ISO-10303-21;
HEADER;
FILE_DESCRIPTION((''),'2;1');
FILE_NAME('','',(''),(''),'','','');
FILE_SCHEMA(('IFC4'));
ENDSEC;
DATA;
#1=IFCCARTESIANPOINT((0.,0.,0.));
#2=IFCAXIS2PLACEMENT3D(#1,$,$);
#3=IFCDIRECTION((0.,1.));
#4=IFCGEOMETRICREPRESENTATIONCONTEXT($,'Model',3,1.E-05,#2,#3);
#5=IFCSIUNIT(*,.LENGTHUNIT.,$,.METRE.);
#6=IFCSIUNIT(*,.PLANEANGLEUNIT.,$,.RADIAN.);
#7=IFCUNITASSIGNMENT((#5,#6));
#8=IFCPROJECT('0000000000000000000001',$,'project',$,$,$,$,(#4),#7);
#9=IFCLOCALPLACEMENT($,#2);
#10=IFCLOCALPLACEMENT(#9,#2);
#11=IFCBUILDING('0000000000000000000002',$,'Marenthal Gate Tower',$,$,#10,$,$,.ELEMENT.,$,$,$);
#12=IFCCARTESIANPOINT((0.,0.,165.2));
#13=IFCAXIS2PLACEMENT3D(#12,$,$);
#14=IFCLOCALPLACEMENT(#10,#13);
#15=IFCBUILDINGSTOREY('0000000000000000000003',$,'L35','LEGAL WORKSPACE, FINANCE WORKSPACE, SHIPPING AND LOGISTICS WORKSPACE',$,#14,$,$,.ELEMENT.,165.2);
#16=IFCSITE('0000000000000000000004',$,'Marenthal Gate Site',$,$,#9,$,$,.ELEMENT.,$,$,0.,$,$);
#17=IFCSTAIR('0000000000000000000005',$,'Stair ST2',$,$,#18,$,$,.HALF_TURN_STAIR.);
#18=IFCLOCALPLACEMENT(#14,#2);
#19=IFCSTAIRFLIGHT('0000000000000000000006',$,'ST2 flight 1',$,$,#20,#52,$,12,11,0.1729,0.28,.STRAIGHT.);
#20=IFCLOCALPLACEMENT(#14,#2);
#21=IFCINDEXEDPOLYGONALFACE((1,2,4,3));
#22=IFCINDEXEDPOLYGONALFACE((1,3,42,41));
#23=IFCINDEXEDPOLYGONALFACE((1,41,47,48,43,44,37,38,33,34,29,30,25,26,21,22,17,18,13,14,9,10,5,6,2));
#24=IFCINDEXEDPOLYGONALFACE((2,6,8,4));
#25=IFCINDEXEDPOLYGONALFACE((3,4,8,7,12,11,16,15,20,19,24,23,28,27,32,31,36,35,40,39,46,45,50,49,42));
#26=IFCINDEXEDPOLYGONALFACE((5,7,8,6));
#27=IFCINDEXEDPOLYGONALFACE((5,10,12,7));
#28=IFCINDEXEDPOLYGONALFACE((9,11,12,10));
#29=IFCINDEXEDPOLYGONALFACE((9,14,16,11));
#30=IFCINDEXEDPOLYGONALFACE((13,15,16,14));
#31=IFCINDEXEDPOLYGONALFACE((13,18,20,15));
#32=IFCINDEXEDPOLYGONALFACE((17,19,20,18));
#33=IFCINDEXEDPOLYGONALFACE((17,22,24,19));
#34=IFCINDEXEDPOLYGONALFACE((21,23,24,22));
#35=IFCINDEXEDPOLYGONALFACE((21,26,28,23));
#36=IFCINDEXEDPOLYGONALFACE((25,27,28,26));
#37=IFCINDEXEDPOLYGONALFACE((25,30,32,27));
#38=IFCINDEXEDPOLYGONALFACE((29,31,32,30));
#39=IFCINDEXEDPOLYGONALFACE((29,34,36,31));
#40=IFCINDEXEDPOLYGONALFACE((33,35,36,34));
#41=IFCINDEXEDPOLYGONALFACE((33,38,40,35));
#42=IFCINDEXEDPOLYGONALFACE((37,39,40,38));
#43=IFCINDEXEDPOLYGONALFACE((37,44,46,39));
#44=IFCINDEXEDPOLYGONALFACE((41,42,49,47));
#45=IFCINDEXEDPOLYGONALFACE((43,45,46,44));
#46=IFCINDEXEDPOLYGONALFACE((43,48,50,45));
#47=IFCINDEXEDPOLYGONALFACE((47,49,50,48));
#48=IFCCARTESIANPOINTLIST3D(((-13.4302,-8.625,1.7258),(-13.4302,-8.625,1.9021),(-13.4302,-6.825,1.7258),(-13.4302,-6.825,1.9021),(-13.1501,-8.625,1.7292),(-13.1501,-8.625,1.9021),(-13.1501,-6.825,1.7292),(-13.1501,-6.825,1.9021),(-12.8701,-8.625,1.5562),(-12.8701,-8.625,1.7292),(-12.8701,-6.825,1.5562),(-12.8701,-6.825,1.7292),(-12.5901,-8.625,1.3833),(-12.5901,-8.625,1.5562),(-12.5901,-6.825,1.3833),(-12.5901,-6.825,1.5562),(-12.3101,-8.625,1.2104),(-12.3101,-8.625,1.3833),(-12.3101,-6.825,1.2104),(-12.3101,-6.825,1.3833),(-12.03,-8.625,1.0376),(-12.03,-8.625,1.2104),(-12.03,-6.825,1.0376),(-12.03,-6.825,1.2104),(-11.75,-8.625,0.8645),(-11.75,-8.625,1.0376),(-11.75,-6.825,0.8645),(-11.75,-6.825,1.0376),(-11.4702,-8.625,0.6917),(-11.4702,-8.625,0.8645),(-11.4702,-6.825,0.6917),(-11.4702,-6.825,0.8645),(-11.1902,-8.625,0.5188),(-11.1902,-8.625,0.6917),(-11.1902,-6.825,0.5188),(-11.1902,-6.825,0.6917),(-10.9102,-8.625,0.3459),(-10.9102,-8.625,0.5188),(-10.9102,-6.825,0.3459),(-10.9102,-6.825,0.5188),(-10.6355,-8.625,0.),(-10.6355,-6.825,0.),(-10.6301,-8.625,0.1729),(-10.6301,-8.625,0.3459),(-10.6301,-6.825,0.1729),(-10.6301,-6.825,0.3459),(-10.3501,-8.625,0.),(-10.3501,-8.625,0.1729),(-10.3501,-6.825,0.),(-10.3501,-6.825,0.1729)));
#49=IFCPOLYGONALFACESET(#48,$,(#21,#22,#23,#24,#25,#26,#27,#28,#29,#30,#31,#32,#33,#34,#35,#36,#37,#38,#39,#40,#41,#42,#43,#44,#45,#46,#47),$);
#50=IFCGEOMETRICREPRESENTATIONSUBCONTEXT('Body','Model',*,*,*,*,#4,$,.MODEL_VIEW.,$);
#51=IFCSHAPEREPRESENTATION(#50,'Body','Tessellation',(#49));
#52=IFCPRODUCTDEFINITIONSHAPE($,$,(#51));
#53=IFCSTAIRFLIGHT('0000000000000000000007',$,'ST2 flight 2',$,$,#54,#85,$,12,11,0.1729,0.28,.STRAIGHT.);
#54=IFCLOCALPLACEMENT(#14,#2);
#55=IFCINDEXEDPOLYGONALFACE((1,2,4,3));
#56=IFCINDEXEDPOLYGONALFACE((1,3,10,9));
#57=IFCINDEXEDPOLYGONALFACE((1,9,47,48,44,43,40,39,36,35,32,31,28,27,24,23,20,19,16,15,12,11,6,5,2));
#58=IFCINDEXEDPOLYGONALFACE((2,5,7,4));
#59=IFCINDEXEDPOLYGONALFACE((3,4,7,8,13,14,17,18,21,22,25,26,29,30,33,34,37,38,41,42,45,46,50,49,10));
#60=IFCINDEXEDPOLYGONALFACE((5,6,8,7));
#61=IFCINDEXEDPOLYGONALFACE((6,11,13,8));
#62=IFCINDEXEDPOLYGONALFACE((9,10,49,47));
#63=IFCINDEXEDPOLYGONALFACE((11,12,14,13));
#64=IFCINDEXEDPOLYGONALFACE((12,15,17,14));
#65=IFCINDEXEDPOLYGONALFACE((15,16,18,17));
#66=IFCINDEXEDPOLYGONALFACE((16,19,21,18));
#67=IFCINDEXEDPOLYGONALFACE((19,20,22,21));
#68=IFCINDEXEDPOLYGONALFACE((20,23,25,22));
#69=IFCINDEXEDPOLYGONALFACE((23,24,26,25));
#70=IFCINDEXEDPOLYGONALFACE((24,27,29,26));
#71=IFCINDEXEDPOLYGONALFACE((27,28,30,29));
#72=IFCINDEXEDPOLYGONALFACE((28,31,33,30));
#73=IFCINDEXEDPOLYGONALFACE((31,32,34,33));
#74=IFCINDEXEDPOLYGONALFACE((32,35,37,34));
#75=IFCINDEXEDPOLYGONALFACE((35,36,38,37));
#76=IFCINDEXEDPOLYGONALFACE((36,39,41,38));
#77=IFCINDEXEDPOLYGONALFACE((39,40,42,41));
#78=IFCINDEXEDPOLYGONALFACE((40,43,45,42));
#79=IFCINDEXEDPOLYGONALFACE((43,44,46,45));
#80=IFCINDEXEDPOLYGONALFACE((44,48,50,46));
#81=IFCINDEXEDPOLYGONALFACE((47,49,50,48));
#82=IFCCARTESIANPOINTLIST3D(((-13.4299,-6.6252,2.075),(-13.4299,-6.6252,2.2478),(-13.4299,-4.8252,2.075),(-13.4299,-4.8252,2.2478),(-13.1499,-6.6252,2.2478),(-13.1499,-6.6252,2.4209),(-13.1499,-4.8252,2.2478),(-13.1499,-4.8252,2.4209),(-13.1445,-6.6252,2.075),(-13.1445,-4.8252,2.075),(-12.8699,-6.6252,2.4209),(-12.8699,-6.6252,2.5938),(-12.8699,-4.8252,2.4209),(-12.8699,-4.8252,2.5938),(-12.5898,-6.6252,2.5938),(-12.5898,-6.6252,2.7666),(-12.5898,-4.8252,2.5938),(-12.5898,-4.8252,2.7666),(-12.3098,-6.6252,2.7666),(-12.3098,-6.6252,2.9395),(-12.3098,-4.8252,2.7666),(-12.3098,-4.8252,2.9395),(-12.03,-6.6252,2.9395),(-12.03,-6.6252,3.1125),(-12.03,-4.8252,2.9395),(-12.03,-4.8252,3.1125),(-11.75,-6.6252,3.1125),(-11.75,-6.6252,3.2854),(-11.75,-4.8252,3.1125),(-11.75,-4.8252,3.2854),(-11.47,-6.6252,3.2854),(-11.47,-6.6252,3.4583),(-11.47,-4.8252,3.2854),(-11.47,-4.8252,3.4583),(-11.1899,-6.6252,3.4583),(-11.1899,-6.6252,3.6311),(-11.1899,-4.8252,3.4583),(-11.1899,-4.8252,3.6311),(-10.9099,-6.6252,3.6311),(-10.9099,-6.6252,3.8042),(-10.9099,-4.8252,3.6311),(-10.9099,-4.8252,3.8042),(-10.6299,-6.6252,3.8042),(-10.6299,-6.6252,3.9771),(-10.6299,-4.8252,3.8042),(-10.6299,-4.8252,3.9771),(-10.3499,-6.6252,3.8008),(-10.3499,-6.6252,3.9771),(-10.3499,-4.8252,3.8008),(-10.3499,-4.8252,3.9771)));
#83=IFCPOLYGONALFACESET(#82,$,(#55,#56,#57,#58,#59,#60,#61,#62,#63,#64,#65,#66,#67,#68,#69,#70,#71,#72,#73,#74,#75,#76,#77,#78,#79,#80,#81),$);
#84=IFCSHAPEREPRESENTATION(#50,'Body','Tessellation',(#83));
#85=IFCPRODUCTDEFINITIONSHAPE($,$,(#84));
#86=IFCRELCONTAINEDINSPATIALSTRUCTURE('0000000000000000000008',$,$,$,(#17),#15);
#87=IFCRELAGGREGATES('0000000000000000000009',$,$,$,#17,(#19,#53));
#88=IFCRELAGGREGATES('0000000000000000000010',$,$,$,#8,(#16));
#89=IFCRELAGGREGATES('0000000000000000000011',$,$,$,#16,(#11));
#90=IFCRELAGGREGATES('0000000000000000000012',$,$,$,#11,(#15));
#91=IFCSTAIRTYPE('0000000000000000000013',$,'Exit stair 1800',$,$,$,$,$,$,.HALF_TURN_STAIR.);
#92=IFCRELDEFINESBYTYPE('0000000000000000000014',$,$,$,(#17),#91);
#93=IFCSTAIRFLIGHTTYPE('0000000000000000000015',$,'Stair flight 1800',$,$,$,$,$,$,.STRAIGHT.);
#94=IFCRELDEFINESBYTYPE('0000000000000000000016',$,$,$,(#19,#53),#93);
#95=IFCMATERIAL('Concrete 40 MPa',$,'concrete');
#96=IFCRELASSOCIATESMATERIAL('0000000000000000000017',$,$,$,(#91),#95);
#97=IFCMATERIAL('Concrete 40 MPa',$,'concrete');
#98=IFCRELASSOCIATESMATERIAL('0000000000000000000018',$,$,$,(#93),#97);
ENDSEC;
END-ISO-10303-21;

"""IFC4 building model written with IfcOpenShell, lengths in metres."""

from ifc_helpers import new_model, si_unit, direction, frame, origin, place, context, subcontext, project, spatial, polyline, outline, extrude, material, type_object, element, aggregate, save


model = new_model("IFC4")

# Units and contexts
model_context = context("Model", 3, precision=1e-05, world=origin(), true_north=direction((0.0, 1.0)))
body_context = subcontext(model_context, "Body", "Model", "MODEL_VIEW")
ifc_project = project(units=[si_unit("LENGTHUNIT", "METRE"), si_unit("PLANEANGLEUNIT", "RADIAN")], contexts=[model_context])

# Site, building, storey
site_placement = place(None, origin())
site = spatial("IfcSite", under=ifc_project, at=site_placement, Name="Marenthal Gate Site", CompositionType="ELEMENT", RefElevation=0.0)
building_placement = place(site_placement, origin())
building = spatial("IfcBuilding", under=site, at=building_placement, Name="Marenthal Gate Tower", CompositionType="ELEMENT")
storey_placement = place(building_placement, frame((0.0, 0.0, 165.2)))
storey = spatial("IfcBuildingStorey", under=building, at=storey_placement, Name="L35", Description="LEGAL WORKSPACE, FINANCE WORKSPACE, SHIPPING AND LOGISTICS WORKSPACE", CompositionType="ELEMENT", Elevation=165.2)

# Stair, stair flights
ifc_material_1 = material(Name="Concrete 40 MPa", Category="concrete")
stair_type = type_object("IfcStairType", Name="Exit stair 1800", PredefinedType="HALF_TURN_STAIR", material=ifc_material_1)
stair_placement = place(storey_placement, origin())
stair = element("IfcStair", 1, at=stair_placement, inside=storey, type_object=stair_type, Name="Stair ST2", PredefinedType="HALF_TURN_STAIR")
ifc_material_2 = material(Name="Concrete 40 MPa", Category="concrete")
stair_flight_type = type_object("IfcStairFlightType", Name="Stair flight 1800", PredefinedType="STRAIGHT", material=ifc_material_2)
stair_flight_1_placement = place(storey_placement, frame((-10.3501, -7.7251, 0.0), z_axis=(0.0, 0.0, 1.0), x_axis=(-1.0, 0.0, 0.0)))
stair_flight_1 = element("IfcStairFlight", 2, at=stair_flight_1_placement, type_object=stair_flight_type, Name="ST2 flight 1", NumberOfRisers=12, NumberOfTreads=11, PredefinedType="STRAIGHT", RiserHeight=0.1729, TreadLength=0.28, context=body_context, shape_type="SweptSolid", body=[
    extrude(outline(polyline([(0.0, 0.0), (0.0, 0.1729), (0.28, 0.1729), (0.28, 0.3459), (0.5601, 0.3459), (0.5601, 0.5188), (0.8401, 0.5188), (0.8401, 0.6917), (1.1201, 0.6917), (1.1201, 0.8645), (1.3999, 0.8645), (1.3999, 1.0376), (1.6799, 1.0376), (1.6799, 1.2104), (1.96, 1.2104), (1.96, 1.3833), (2.24, 1.3833), (2.24, 1.5562), (2.52, 1.5562), (2.52, 1.7292), (2.8, 1.7292), (2.8, 1.9021), (3.0801, 1.9021), (3.0801, 2.075), (3.0801, 1.7258), (0.2854, 0.0), (0.0, 0.0)])), frame((0.0, 0.8999, 0.0), z_axis=(0.0, -1.0, 0.0), x_axis=(1.0, 0.0, 0.0)), (0.0, 0.0, 1.0), 1.8),
])
stair_flight_2_placement = place(storey_placement, frame((-13.4299, -5.7251, 2.075), z_axis=(0.0, 0.0, 1.0), x_axis=(1.0, 0.0, 0.0)))
stair_flight_2 = element("IfcStairFlight", 3, at=stair_flight_2_placement, type_object=stair_flight_type, Name="ST2 flight 2", NumberOfRisers=12, NumberOfTreads=11, PredefinedType="STRAIGHT", RiserHeight=0.1729, TreadLength=0.28, context=body_context, shape_type="SweptSolid", body=[
    extrude(outline(polyline([(0.0, 0.0), (0.0, 0.1729), (0.28, 0.1729), (0.28, 0.3459), (0.5601, 0.3459), (0.5601, 0.5188), (0.8401, 0.5188), (0.8401, 0.6917), (1.1201, 0.6917), (1.1201, 0.8645), (1.3999, 0.8645), (1.3999, 1.0376), (1.6799, 1.0376), (1.6799, 1.2104), (1.96, 1.2104), (1.96, 1.3833), (2.24, 1.3833), (2.24, 1.5562), (2.52, 1.5562), (2.52, 1.7292), (2.8, 1.7292), (2.8, 1.9021), (3.0801, 1.9021), (3.0801, 2.075), (3.0801, 1.7258), (0.2854, 0.0), (0.0, 0.0)])), frame((0.0, 0.8999, 0.0), z_axis=(0.0, -1.0, 0.0), x_axis=(1.0, 0.0, 0.0)), (0.0, 0.0, 1.0), 1.8),
])
aggregate(stair, [stair_flight_1, stair_flight_2])

save(model, "model.ifc")
